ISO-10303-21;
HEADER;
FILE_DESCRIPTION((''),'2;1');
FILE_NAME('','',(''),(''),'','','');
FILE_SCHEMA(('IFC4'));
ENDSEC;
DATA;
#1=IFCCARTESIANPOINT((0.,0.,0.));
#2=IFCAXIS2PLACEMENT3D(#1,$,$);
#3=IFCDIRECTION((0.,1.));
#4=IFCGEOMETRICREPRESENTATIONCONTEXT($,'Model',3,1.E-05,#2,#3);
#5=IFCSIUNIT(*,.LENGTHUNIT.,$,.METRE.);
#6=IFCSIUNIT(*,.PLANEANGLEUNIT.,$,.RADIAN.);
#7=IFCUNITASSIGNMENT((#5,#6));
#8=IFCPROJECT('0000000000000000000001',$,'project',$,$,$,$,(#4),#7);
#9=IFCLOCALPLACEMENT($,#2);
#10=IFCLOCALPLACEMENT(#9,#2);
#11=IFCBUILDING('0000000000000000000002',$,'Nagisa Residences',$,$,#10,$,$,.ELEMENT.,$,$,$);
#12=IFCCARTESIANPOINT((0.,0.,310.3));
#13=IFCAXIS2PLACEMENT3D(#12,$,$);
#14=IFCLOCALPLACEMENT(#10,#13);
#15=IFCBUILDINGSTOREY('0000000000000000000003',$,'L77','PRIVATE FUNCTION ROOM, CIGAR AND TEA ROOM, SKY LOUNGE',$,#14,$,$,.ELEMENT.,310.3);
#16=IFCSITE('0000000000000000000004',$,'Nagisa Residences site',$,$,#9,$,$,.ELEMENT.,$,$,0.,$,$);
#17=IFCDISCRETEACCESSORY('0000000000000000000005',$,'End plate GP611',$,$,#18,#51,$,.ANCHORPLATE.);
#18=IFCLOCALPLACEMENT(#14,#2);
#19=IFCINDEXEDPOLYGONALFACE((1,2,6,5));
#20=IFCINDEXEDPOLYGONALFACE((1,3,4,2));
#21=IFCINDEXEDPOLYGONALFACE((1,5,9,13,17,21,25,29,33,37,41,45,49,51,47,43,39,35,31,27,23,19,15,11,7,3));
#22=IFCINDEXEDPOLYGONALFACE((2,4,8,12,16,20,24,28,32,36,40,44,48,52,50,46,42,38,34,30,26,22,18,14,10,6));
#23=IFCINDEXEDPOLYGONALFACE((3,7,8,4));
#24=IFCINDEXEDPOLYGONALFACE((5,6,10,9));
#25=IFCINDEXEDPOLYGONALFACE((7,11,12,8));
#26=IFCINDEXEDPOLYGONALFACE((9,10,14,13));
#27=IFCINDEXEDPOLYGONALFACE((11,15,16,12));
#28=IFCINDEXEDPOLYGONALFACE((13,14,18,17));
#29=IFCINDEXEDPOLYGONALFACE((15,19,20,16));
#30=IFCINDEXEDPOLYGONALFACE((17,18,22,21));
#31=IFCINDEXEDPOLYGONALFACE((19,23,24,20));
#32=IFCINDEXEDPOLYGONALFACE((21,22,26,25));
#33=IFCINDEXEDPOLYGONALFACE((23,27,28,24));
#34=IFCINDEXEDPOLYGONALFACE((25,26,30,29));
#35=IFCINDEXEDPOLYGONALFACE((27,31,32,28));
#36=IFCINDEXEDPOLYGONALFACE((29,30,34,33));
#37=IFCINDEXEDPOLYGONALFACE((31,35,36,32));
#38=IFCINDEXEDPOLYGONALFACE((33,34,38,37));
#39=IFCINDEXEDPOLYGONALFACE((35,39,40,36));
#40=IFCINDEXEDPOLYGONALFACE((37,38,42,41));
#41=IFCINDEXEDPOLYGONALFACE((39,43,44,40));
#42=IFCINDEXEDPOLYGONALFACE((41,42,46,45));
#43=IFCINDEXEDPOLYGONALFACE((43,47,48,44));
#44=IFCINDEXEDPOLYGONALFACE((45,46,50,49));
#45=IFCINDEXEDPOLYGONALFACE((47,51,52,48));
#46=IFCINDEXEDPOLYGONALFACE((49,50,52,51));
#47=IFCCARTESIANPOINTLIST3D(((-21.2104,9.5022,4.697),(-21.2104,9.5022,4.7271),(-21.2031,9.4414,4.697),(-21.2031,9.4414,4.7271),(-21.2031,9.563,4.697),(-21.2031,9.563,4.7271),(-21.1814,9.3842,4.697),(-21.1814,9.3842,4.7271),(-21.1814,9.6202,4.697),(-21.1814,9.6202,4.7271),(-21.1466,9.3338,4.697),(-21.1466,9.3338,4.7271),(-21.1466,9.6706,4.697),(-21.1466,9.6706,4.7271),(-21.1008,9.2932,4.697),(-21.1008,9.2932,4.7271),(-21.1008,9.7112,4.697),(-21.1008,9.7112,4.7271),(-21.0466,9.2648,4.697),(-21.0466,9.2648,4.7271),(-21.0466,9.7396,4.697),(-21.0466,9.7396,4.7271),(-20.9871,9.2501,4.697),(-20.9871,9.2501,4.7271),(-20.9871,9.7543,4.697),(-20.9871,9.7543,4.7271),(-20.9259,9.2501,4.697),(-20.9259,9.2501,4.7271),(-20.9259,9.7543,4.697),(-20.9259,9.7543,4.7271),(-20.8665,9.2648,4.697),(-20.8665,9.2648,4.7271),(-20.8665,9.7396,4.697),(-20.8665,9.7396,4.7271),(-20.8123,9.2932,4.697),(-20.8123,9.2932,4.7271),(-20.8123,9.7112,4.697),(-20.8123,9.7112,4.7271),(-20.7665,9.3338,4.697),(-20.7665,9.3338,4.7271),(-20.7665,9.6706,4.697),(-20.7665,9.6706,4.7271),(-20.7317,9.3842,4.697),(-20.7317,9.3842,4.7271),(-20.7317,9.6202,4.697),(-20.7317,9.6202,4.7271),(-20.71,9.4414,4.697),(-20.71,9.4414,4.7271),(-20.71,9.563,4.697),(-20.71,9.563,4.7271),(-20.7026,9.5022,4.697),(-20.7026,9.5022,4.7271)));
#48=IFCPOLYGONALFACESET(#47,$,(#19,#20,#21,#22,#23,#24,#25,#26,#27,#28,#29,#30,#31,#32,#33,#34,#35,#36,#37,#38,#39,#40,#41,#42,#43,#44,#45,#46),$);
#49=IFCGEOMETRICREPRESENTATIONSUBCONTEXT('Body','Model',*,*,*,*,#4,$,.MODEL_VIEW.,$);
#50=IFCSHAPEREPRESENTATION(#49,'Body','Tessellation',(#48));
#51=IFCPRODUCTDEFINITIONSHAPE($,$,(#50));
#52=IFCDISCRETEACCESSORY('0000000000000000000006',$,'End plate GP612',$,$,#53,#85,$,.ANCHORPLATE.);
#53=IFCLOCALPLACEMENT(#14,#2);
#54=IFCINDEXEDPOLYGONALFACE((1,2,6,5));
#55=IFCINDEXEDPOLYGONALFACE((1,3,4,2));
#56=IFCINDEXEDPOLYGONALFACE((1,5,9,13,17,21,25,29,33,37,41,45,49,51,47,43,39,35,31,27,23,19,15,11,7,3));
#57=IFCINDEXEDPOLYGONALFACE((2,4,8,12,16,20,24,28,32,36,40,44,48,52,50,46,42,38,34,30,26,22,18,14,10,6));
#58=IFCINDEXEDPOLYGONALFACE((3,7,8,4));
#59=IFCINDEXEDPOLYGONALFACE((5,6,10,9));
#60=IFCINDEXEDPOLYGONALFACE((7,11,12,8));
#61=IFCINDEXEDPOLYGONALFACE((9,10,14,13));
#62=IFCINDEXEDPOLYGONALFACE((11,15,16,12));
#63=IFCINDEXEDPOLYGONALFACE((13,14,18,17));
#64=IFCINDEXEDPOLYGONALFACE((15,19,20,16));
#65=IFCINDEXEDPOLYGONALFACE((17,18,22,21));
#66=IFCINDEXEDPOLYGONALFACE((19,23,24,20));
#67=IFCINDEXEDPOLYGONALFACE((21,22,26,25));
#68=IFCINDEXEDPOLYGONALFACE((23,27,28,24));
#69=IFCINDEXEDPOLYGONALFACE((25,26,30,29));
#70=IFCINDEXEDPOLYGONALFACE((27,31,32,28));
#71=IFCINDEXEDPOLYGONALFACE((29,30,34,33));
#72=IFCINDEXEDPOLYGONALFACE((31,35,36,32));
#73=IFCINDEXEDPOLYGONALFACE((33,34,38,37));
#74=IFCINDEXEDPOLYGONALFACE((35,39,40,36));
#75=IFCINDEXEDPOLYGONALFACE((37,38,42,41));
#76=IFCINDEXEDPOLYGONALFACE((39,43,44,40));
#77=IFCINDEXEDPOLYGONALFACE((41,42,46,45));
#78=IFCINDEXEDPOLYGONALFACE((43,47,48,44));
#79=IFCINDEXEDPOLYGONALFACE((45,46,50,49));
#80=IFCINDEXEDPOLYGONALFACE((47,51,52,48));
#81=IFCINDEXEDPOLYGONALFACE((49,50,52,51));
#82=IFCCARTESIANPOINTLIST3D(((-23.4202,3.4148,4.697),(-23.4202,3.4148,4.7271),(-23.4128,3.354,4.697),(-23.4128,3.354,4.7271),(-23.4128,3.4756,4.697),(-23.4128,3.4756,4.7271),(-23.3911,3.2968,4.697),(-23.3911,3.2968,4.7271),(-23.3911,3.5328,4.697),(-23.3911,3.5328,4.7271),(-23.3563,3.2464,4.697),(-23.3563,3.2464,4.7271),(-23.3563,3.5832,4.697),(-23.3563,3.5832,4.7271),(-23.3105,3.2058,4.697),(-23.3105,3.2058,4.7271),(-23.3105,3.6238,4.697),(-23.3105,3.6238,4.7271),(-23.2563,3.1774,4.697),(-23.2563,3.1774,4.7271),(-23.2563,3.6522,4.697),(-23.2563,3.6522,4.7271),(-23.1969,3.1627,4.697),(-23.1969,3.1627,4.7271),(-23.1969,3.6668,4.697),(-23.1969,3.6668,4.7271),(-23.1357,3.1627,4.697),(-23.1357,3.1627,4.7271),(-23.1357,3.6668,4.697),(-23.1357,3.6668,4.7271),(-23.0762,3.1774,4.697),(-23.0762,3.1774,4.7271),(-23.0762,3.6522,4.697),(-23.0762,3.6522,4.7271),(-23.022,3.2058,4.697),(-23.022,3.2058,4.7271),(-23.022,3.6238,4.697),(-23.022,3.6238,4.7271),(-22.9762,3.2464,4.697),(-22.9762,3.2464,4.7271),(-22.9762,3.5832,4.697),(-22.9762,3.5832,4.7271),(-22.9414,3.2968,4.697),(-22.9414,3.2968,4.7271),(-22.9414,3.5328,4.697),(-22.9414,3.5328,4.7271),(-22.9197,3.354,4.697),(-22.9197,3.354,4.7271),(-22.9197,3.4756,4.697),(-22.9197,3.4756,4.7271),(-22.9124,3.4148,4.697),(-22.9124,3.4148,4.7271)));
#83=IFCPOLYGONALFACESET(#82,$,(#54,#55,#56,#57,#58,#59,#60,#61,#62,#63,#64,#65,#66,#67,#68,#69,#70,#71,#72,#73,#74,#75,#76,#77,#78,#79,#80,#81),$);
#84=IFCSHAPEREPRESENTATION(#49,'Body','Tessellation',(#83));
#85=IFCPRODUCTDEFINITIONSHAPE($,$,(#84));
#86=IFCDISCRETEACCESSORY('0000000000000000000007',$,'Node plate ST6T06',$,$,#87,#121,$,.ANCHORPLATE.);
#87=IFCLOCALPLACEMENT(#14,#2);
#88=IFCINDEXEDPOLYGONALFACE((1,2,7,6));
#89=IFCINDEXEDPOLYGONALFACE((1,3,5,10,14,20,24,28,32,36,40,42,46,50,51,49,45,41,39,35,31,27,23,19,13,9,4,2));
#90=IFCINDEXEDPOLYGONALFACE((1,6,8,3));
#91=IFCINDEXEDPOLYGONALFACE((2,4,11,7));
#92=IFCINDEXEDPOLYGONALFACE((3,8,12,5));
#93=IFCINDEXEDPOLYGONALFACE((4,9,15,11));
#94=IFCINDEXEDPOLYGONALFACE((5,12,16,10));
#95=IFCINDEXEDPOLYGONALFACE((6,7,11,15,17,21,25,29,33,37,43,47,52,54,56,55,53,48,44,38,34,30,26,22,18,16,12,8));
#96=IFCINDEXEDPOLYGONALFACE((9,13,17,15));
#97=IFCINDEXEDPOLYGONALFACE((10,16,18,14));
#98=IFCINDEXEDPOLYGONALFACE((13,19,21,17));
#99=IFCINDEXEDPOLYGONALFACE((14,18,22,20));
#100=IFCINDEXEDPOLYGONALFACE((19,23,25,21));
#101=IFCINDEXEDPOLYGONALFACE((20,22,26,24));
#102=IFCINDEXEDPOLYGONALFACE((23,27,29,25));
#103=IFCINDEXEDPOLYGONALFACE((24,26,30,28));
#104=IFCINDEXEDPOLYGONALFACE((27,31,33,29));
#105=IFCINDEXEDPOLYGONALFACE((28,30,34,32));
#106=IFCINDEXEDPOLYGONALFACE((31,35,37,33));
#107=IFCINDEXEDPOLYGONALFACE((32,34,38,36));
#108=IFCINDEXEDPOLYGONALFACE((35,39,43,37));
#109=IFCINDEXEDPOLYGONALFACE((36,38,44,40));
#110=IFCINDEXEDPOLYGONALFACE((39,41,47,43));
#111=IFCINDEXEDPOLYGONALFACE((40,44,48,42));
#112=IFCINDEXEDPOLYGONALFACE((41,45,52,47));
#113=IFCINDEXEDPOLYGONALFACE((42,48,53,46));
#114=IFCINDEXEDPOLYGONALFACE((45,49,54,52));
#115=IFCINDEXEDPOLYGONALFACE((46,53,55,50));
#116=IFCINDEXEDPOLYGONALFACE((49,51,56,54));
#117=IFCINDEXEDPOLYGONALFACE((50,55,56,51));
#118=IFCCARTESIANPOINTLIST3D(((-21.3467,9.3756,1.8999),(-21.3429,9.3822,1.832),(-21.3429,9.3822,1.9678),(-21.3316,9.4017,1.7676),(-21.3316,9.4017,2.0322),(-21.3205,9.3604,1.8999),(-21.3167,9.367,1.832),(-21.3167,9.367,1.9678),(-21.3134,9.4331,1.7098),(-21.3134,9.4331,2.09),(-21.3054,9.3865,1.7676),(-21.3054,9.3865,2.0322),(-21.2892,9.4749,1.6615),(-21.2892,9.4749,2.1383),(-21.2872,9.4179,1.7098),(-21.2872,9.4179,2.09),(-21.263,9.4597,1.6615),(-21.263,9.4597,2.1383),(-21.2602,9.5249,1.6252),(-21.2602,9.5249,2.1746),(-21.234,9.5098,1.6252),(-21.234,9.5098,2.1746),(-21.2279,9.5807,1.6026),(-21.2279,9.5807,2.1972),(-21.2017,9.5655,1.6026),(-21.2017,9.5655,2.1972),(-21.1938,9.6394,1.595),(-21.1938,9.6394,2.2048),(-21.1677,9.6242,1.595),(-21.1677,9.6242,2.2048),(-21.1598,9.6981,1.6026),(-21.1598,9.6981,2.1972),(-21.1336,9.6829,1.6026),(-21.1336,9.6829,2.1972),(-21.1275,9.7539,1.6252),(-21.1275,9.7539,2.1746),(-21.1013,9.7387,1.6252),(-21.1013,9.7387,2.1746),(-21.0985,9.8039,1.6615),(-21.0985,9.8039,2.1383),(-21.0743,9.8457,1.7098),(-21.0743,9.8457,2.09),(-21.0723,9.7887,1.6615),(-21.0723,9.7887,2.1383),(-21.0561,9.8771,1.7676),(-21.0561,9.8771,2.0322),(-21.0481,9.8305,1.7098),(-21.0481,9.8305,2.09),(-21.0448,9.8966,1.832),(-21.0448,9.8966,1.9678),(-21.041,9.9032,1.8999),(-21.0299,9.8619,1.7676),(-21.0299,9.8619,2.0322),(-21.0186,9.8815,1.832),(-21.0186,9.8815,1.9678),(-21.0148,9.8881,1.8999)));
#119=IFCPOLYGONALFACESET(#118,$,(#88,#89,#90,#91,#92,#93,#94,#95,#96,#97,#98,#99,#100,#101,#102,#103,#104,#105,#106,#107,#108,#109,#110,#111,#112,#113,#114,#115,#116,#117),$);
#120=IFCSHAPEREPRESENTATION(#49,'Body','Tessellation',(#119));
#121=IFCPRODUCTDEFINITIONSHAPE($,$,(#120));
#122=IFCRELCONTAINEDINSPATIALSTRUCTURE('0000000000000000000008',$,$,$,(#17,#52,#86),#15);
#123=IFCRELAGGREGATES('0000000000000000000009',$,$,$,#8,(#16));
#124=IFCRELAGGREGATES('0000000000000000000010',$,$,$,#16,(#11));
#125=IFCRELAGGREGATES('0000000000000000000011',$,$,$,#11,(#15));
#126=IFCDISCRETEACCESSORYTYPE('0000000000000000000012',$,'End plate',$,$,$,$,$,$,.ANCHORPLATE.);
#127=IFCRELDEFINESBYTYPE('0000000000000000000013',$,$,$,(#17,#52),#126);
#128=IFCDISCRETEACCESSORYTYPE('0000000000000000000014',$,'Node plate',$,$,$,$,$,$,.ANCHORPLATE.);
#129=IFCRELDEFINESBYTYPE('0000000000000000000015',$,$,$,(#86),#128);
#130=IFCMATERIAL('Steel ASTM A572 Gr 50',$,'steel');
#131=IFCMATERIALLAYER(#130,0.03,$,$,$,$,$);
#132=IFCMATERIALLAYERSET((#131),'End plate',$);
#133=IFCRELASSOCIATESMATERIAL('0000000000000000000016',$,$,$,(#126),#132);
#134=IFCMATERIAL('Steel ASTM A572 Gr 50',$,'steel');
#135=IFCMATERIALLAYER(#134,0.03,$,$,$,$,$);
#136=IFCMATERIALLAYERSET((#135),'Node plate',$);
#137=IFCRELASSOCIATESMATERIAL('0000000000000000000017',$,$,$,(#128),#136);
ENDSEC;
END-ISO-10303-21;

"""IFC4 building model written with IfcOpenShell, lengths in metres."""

from ifc_helpers import new_model, si_unit, direction, frame, origin, origin_2d, place, context, subcontext, project, spatial, circle, extrude, material, layer, layer_set, type_object, element, save


model = new_model("IFC4")

# Units and contexts
model_context = context("Model", 3, precision=1e-05, world=origin(), true_north=direction((0.0, 1.0)))
body_context = subcontext(model_context, "Body", "Model", "MODEL_VIEW")
ifc_project = project(units=[si_unit("LENGTHUNIT", "METRE"), si_unit("PLANEANGLEUNIT", "RADIAN")], contexts=[model_context])

# Site, building, storey
site_placement = place(None, origin())
site = spatial("IfcSite", under=ifc_project, at=site_placement, Name="Nagisa Residences site", CompositionType="ELEMENT", RefElevation=0.0)
building_placement = place(site_placement, origin())
building = spatial("IfcBuilding", under=site, at=building_placement, Name="Nagisa Residences", CompositionType="ELEMENT")
storey_placement = place(building_placement, frame((0.0, 0.0, 310.3)))
storey = spatial("IfcBuildingStorey", under=building, at=storey_placement, Name="L77", Description="PRIVATE FUNCTION ROOM, CIGAR AND TEA ROOM, SKY LOUNGE", CompositionType="ELEMENT", Elevation=310.3)

# Discrete accessories
ifc_material_1 = material(Name="Steel ASTM A572 Gr 50", Category="steel")
ifc_layer_1 = layer(ifc_material_1, 0.03)
ifc_layer_set_1 = layer_set([ifc_layer_1], Name="End plate")
discrete_accessory_type_1 = type_object("IfcDiscreteAccessoryType", Name="End plate", PredefinedType="ANCHORPLATE", material=ifc_layer_set_1)
for number, where, z_axis, x_axis, name in (
    (1, (-20.9565, 9.5022, 4.697), (0.0, 0.0, 1.0), (1.0, 0.0, 0.0), "End plate GP611"),
    (2, (-23.1663, 3.4148, 4.697), (0.0, 0.0, 1.0), (1.0, 0.0, 0.0), "End plate GP612"),
):
    element("IfcDiscreteAccessory", number, at=place(storey_placement, frame(where, z_axis=z_axis, x_axis=x_axis)), inside=storey, type_object=discrete_accessory_type_1, Name=name, PredefinedType="ANCHORPLATE", context=body_context, shape_type="SweptSolid", body=[
        extrude(circle(Radius=0.2539, at=origin_2d()), origin(), (0.0, 0.0, 1.0), 0.03),
    ])
ifc_material_2 = material(Name="Steel ASTM A572 Gr 50", Category="steel")
ifc_layer_2 = layer(ifc_material_2, 0.03)
ifc_layer_set_2 = layer_set([ifc_layer_2], Name="Node plate")
discrete_accessory_type_2 = type_object("IfcDiscreteAccessoryType", Name="Node plate", PredefinedType="ANCHORPLATE", material=ifc_layer_set_2)
discrete_accessory_placement = place(storey_placement, frame((-21.1938, 9.6394, 1.8999), z_axis=(0.865242, -0.501355, 0.0), x_axis=(0.501355, 0.865242, 0.0)))
element("IfcDiscreteAccessory", 3, at=discrete_accessory_placement, inside=storey, type_object=discrete_accessory_type_2, Name="Node plate ST6T06", PredefinedType="ANCHORPLATE", context=body_context, shape_type="SweptSolid", body=[
    extrude(circle(Radius=0.3049, at=origin_2d()), origin(), (0.0, 0.0, 1.0), 0.0303),
])

save(model, "model.ifc")
